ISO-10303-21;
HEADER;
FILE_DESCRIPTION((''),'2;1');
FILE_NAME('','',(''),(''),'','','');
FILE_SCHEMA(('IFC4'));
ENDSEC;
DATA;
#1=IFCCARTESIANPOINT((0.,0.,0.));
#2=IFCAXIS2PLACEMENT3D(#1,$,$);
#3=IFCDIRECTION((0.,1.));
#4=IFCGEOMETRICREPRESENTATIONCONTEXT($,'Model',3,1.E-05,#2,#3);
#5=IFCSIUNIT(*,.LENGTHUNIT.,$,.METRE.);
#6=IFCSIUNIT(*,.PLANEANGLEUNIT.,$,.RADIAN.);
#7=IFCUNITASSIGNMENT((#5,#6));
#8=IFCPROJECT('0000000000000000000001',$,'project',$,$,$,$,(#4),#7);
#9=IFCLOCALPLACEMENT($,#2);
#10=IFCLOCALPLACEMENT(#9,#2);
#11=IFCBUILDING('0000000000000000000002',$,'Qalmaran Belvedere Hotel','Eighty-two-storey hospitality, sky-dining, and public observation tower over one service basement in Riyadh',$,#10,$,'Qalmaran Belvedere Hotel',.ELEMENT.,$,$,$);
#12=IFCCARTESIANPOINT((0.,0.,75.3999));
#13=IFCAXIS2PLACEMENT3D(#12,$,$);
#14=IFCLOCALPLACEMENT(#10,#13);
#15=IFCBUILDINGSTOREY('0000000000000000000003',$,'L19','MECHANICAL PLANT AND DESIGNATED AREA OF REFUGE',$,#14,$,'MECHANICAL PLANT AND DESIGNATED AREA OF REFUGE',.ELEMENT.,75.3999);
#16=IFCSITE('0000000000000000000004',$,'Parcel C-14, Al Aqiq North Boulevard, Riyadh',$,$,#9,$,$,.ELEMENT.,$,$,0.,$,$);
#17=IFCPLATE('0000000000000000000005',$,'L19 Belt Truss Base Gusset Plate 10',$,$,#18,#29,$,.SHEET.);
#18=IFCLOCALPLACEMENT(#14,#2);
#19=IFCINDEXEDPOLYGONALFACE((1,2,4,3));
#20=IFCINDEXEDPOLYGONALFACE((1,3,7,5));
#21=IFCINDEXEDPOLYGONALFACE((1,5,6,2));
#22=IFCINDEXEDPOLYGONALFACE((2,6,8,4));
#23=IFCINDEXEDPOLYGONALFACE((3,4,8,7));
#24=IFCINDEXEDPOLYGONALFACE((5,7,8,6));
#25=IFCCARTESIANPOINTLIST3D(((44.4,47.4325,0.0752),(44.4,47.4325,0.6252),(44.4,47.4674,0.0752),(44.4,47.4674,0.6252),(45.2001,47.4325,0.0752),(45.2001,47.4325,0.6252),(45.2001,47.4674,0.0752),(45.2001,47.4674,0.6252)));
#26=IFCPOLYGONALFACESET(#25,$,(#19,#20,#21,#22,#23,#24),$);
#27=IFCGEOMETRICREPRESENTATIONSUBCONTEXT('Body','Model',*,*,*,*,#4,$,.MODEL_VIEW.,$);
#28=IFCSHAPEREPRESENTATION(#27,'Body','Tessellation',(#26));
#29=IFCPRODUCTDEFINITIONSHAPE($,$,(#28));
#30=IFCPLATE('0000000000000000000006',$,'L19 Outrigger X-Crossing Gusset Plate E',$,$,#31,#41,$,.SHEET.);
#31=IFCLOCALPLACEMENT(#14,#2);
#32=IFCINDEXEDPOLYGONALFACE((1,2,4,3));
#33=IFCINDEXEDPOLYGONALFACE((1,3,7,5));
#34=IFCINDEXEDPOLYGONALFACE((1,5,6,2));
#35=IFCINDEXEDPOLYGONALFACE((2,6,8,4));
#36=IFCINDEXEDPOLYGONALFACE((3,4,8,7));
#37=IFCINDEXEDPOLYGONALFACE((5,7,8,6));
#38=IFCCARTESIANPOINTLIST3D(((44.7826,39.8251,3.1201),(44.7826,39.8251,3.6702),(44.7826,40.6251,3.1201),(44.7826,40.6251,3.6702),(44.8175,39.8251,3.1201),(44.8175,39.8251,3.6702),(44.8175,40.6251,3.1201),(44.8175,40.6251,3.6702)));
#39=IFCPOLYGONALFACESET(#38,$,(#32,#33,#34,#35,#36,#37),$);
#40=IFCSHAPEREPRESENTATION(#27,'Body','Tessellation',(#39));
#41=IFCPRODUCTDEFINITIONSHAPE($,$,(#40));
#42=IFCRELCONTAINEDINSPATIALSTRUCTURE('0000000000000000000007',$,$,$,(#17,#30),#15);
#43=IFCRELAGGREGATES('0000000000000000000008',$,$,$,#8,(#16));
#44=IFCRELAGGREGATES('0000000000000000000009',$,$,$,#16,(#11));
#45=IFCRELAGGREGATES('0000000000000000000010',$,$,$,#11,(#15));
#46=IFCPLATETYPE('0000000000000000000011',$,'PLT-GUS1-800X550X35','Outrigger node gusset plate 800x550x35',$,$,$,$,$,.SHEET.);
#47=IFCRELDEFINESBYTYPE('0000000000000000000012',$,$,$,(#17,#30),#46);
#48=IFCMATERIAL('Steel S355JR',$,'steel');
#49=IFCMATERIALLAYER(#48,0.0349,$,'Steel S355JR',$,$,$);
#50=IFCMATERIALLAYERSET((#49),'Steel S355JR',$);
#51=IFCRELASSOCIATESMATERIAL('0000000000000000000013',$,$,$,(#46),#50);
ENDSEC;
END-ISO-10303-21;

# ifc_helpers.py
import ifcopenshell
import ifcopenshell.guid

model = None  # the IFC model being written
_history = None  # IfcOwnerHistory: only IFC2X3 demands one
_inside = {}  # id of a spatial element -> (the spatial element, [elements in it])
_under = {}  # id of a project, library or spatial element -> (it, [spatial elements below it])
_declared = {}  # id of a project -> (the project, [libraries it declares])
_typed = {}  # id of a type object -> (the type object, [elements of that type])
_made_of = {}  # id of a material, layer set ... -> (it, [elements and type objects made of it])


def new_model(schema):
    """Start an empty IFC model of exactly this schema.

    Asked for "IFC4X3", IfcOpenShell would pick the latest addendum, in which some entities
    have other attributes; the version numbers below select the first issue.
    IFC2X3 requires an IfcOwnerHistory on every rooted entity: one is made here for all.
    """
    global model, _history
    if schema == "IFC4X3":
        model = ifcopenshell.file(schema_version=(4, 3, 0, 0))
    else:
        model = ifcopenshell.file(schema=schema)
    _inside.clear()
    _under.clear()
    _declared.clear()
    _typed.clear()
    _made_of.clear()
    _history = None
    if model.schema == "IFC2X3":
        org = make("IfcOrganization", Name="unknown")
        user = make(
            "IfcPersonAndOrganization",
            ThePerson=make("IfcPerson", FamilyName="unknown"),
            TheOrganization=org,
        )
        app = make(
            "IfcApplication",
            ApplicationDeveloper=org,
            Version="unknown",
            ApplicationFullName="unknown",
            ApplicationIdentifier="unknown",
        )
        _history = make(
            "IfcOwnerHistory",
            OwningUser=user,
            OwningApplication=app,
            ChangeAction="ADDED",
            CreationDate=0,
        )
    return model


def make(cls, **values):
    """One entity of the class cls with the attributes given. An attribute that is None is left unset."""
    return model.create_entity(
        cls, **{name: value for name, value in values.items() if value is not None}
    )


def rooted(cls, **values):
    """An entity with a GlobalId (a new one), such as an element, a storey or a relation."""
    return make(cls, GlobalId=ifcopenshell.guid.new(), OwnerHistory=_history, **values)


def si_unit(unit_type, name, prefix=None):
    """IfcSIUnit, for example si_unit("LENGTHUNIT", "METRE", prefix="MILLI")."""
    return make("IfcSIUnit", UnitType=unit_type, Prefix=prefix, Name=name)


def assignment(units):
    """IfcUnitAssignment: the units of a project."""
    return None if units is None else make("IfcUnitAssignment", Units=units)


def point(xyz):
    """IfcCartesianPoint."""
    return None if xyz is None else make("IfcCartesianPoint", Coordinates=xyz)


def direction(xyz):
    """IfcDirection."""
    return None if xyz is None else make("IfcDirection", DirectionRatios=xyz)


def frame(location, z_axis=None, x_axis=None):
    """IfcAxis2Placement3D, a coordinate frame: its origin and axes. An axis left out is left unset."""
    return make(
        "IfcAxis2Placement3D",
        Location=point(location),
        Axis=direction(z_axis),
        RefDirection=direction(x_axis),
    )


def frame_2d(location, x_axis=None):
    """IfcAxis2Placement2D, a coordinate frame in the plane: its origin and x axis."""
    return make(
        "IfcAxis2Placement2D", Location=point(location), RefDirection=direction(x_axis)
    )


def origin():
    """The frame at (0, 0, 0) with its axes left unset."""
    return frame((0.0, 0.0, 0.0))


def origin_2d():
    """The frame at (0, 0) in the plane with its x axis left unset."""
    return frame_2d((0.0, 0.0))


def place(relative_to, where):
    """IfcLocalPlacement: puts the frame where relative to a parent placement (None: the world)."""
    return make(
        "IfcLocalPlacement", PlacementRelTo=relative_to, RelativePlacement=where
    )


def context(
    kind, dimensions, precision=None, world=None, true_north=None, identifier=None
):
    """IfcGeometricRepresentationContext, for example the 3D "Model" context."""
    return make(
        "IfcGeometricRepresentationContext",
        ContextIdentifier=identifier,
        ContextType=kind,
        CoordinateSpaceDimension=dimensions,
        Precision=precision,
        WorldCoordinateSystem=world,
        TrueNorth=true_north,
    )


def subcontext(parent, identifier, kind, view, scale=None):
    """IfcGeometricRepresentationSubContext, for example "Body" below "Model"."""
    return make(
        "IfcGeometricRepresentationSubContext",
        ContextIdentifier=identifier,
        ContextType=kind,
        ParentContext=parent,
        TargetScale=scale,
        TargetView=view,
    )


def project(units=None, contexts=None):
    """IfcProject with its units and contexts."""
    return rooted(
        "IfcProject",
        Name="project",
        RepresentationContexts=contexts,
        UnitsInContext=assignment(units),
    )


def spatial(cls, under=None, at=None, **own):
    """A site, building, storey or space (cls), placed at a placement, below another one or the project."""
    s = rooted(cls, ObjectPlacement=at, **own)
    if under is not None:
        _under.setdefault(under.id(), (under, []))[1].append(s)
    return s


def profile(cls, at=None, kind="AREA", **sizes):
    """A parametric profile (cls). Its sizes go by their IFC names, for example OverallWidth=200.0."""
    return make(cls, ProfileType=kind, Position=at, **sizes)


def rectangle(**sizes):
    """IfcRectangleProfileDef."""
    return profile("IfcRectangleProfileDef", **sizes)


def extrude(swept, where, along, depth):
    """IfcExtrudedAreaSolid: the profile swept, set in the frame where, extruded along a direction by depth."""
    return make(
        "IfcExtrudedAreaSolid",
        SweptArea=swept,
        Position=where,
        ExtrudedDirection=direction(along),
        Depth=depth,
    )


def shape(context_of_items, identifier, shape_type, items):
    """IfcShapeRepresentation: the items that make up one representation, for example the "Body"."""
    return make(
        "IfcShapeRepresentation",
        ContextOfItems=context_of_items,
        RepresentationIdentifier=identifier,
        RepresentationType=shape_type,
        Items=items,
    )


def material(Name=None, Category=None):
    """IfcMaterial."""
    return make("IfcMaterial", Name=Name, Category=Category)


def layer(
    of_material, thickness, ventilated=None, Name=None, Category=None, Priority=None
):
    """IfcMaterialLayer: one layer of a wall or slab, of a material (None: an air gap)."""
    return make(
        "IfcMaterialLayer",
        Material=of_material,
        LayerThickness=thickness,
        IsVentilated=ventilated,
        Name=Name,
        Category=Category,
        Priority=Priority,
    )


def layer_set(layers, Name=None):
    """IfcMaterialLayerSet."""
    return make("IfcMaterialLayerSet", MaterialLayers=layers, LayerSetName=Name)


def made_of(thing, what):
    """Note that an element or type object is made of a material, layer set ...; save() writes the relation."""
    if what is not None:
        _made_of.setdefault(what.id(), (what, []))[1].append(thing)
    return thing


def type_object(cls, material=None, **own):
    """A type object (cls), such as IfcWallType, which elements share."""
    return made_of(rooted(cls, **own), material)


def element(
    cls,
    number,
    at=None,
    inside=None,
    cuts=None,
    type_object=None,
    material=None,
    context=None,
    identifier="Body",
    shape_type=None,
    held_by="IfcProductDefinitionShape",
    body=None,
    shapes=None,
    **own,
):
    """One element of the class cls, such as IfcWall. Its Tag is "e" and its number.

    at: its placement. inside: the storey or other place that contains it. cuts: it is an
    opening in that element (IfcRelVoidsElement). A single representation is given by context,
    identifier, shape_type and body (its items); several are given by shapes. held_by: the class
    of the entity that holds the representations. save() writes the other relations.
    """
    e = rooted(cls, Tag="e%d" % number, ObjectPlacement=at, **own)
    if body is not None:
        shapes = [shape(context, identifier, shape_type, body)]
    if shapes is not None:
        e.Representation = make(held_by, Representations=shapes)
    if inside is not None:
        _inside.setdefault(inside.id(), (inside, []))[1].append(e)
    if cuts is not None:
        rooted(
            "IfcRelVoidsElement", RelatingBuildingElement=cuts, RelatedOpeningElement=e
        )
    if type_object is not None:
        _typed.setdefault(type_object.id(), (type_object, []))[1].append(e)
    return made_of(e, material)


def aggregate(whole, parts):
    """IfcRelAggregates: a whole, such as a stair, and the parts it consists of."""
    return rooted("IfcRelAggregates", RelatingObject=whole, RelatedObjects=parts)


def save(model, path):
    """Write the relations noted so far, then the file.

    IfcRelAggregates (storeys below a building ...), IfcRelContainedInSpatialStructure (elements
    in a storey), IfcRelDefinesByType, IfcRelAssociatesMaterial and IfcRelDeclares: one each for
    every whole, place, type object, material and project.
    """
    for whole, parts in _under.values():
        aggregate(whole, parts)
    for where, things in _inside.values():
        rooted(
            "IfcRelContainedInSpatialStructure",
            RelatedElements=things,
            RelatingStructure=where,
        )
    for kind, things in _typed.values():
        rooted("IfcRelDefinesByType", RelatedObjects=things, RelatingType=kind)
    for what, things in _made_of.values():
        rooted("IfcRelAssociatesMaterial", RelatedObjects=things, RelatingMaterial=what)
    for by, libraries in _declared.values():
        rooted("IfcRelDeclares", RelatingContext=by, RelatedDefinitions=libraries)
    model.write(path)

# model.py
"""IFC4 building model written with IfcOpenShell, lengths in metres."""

from ifc_helpers import new_model, si_unit, direction, frame, origin, origin_2d, place, context, subcontext, project, spatial, rectangle, extrude, material, layer, layer_set, type_object, element, save


model = new_model("IFC4")

# Units and contexts
model_context = context("Model", 3, precision=1e-05, world=origin(), true_north=direction((0.0, 1.0)))
body_context = subcontext(model_context, "Body", "Model", "MODEL_VIEW")
ifc_project = project(units=[si_unit("LENGTHUNIT", "METRE"), si_unit("PLANEANGLEUNIT", "RADIAN")], contexts=[model_context])

# Site, building, storey
site_placement = place(None, origin())
site = spatial("IfcSite", under=ifc_project, at=site_placement, Name="Parcel C-14, Al Aqiq North Boulevard, Riyadh", CompositionType="ELEMENT", RefElevation=0.0)
building_placement = place(site_placement, origin())
building = spatial("IfcBuilding", under=site, at=building_placement, Name="Qalmaran Belvedere Hotel", Description="Eighty-two-storey hospitality, sky-dining, and public observation tower over one service basement in Riyadh", LongName="Qalmaran Belvedere Hotel", CompositionType="ELEMENT")
storey_placement = place(building_placement, frame((0.0, 0.0, 75.3999)))
storey = spatial("IfcBuildingStorey", under=building, at=storey_placement, Name="L19", Description="MECHANICAL PLANT AND DESIGNATED AREA OF REFUGE", LongName="MECHANICAL PLANT AND DESIGNATED AREA OF REFUGE", CompositionType="ELEMENT", Elevation=75.3999)

# Shared definitions
ifc_material_1 = material(Name="Steel S355JR", Category="steel")

# Plates
ifc_layer_1 = layer(ifc_material_1, 0.0349, Name="Steel S355JR")
ifc_layer_set_1 = layer_set([ifc_layer_1], Name="Steel S355JR")
plate_type_1 = type_object("IfcPlateType", Name="PLT-GUS1-800X550X35", Description="Outrigger node gusset plate 800x550x35", PredefinedType="SHEET", material=ifc_layer_set_1)
for number, where, z_axis, x_axis, name in (
    (1, (44.8, 47.45, 0.0752), (0.0, 0.0, 1.0), (1.0, 0.0, 0.0), "L19 Belt Truss Base Gusset Plate 10"),
    (2, (44.8, 40.2251, 3.1201), (0.0, 0.0, 1.0), (0.0, 1.0, 0.0), "L19 Outrigger X-Crossing Gusset Plate E"),
):
    element("IfcPlate", number, at=place(storey_placement, frame(where, z_axis=z_axis, x_axis=x_axis)), inside=storey, type_object=plate_type_1, Name=name, PredefinedType="SHEET", context=body_context, shape_type="SweptSolid", body=[
        extrude(rectangle(XDim=0.8, YDim=0.0349, at=origin_2d()), origin(), (0.0, 0.0, 1.0), 0.55),
    ])

save(model, "model.ifc")
